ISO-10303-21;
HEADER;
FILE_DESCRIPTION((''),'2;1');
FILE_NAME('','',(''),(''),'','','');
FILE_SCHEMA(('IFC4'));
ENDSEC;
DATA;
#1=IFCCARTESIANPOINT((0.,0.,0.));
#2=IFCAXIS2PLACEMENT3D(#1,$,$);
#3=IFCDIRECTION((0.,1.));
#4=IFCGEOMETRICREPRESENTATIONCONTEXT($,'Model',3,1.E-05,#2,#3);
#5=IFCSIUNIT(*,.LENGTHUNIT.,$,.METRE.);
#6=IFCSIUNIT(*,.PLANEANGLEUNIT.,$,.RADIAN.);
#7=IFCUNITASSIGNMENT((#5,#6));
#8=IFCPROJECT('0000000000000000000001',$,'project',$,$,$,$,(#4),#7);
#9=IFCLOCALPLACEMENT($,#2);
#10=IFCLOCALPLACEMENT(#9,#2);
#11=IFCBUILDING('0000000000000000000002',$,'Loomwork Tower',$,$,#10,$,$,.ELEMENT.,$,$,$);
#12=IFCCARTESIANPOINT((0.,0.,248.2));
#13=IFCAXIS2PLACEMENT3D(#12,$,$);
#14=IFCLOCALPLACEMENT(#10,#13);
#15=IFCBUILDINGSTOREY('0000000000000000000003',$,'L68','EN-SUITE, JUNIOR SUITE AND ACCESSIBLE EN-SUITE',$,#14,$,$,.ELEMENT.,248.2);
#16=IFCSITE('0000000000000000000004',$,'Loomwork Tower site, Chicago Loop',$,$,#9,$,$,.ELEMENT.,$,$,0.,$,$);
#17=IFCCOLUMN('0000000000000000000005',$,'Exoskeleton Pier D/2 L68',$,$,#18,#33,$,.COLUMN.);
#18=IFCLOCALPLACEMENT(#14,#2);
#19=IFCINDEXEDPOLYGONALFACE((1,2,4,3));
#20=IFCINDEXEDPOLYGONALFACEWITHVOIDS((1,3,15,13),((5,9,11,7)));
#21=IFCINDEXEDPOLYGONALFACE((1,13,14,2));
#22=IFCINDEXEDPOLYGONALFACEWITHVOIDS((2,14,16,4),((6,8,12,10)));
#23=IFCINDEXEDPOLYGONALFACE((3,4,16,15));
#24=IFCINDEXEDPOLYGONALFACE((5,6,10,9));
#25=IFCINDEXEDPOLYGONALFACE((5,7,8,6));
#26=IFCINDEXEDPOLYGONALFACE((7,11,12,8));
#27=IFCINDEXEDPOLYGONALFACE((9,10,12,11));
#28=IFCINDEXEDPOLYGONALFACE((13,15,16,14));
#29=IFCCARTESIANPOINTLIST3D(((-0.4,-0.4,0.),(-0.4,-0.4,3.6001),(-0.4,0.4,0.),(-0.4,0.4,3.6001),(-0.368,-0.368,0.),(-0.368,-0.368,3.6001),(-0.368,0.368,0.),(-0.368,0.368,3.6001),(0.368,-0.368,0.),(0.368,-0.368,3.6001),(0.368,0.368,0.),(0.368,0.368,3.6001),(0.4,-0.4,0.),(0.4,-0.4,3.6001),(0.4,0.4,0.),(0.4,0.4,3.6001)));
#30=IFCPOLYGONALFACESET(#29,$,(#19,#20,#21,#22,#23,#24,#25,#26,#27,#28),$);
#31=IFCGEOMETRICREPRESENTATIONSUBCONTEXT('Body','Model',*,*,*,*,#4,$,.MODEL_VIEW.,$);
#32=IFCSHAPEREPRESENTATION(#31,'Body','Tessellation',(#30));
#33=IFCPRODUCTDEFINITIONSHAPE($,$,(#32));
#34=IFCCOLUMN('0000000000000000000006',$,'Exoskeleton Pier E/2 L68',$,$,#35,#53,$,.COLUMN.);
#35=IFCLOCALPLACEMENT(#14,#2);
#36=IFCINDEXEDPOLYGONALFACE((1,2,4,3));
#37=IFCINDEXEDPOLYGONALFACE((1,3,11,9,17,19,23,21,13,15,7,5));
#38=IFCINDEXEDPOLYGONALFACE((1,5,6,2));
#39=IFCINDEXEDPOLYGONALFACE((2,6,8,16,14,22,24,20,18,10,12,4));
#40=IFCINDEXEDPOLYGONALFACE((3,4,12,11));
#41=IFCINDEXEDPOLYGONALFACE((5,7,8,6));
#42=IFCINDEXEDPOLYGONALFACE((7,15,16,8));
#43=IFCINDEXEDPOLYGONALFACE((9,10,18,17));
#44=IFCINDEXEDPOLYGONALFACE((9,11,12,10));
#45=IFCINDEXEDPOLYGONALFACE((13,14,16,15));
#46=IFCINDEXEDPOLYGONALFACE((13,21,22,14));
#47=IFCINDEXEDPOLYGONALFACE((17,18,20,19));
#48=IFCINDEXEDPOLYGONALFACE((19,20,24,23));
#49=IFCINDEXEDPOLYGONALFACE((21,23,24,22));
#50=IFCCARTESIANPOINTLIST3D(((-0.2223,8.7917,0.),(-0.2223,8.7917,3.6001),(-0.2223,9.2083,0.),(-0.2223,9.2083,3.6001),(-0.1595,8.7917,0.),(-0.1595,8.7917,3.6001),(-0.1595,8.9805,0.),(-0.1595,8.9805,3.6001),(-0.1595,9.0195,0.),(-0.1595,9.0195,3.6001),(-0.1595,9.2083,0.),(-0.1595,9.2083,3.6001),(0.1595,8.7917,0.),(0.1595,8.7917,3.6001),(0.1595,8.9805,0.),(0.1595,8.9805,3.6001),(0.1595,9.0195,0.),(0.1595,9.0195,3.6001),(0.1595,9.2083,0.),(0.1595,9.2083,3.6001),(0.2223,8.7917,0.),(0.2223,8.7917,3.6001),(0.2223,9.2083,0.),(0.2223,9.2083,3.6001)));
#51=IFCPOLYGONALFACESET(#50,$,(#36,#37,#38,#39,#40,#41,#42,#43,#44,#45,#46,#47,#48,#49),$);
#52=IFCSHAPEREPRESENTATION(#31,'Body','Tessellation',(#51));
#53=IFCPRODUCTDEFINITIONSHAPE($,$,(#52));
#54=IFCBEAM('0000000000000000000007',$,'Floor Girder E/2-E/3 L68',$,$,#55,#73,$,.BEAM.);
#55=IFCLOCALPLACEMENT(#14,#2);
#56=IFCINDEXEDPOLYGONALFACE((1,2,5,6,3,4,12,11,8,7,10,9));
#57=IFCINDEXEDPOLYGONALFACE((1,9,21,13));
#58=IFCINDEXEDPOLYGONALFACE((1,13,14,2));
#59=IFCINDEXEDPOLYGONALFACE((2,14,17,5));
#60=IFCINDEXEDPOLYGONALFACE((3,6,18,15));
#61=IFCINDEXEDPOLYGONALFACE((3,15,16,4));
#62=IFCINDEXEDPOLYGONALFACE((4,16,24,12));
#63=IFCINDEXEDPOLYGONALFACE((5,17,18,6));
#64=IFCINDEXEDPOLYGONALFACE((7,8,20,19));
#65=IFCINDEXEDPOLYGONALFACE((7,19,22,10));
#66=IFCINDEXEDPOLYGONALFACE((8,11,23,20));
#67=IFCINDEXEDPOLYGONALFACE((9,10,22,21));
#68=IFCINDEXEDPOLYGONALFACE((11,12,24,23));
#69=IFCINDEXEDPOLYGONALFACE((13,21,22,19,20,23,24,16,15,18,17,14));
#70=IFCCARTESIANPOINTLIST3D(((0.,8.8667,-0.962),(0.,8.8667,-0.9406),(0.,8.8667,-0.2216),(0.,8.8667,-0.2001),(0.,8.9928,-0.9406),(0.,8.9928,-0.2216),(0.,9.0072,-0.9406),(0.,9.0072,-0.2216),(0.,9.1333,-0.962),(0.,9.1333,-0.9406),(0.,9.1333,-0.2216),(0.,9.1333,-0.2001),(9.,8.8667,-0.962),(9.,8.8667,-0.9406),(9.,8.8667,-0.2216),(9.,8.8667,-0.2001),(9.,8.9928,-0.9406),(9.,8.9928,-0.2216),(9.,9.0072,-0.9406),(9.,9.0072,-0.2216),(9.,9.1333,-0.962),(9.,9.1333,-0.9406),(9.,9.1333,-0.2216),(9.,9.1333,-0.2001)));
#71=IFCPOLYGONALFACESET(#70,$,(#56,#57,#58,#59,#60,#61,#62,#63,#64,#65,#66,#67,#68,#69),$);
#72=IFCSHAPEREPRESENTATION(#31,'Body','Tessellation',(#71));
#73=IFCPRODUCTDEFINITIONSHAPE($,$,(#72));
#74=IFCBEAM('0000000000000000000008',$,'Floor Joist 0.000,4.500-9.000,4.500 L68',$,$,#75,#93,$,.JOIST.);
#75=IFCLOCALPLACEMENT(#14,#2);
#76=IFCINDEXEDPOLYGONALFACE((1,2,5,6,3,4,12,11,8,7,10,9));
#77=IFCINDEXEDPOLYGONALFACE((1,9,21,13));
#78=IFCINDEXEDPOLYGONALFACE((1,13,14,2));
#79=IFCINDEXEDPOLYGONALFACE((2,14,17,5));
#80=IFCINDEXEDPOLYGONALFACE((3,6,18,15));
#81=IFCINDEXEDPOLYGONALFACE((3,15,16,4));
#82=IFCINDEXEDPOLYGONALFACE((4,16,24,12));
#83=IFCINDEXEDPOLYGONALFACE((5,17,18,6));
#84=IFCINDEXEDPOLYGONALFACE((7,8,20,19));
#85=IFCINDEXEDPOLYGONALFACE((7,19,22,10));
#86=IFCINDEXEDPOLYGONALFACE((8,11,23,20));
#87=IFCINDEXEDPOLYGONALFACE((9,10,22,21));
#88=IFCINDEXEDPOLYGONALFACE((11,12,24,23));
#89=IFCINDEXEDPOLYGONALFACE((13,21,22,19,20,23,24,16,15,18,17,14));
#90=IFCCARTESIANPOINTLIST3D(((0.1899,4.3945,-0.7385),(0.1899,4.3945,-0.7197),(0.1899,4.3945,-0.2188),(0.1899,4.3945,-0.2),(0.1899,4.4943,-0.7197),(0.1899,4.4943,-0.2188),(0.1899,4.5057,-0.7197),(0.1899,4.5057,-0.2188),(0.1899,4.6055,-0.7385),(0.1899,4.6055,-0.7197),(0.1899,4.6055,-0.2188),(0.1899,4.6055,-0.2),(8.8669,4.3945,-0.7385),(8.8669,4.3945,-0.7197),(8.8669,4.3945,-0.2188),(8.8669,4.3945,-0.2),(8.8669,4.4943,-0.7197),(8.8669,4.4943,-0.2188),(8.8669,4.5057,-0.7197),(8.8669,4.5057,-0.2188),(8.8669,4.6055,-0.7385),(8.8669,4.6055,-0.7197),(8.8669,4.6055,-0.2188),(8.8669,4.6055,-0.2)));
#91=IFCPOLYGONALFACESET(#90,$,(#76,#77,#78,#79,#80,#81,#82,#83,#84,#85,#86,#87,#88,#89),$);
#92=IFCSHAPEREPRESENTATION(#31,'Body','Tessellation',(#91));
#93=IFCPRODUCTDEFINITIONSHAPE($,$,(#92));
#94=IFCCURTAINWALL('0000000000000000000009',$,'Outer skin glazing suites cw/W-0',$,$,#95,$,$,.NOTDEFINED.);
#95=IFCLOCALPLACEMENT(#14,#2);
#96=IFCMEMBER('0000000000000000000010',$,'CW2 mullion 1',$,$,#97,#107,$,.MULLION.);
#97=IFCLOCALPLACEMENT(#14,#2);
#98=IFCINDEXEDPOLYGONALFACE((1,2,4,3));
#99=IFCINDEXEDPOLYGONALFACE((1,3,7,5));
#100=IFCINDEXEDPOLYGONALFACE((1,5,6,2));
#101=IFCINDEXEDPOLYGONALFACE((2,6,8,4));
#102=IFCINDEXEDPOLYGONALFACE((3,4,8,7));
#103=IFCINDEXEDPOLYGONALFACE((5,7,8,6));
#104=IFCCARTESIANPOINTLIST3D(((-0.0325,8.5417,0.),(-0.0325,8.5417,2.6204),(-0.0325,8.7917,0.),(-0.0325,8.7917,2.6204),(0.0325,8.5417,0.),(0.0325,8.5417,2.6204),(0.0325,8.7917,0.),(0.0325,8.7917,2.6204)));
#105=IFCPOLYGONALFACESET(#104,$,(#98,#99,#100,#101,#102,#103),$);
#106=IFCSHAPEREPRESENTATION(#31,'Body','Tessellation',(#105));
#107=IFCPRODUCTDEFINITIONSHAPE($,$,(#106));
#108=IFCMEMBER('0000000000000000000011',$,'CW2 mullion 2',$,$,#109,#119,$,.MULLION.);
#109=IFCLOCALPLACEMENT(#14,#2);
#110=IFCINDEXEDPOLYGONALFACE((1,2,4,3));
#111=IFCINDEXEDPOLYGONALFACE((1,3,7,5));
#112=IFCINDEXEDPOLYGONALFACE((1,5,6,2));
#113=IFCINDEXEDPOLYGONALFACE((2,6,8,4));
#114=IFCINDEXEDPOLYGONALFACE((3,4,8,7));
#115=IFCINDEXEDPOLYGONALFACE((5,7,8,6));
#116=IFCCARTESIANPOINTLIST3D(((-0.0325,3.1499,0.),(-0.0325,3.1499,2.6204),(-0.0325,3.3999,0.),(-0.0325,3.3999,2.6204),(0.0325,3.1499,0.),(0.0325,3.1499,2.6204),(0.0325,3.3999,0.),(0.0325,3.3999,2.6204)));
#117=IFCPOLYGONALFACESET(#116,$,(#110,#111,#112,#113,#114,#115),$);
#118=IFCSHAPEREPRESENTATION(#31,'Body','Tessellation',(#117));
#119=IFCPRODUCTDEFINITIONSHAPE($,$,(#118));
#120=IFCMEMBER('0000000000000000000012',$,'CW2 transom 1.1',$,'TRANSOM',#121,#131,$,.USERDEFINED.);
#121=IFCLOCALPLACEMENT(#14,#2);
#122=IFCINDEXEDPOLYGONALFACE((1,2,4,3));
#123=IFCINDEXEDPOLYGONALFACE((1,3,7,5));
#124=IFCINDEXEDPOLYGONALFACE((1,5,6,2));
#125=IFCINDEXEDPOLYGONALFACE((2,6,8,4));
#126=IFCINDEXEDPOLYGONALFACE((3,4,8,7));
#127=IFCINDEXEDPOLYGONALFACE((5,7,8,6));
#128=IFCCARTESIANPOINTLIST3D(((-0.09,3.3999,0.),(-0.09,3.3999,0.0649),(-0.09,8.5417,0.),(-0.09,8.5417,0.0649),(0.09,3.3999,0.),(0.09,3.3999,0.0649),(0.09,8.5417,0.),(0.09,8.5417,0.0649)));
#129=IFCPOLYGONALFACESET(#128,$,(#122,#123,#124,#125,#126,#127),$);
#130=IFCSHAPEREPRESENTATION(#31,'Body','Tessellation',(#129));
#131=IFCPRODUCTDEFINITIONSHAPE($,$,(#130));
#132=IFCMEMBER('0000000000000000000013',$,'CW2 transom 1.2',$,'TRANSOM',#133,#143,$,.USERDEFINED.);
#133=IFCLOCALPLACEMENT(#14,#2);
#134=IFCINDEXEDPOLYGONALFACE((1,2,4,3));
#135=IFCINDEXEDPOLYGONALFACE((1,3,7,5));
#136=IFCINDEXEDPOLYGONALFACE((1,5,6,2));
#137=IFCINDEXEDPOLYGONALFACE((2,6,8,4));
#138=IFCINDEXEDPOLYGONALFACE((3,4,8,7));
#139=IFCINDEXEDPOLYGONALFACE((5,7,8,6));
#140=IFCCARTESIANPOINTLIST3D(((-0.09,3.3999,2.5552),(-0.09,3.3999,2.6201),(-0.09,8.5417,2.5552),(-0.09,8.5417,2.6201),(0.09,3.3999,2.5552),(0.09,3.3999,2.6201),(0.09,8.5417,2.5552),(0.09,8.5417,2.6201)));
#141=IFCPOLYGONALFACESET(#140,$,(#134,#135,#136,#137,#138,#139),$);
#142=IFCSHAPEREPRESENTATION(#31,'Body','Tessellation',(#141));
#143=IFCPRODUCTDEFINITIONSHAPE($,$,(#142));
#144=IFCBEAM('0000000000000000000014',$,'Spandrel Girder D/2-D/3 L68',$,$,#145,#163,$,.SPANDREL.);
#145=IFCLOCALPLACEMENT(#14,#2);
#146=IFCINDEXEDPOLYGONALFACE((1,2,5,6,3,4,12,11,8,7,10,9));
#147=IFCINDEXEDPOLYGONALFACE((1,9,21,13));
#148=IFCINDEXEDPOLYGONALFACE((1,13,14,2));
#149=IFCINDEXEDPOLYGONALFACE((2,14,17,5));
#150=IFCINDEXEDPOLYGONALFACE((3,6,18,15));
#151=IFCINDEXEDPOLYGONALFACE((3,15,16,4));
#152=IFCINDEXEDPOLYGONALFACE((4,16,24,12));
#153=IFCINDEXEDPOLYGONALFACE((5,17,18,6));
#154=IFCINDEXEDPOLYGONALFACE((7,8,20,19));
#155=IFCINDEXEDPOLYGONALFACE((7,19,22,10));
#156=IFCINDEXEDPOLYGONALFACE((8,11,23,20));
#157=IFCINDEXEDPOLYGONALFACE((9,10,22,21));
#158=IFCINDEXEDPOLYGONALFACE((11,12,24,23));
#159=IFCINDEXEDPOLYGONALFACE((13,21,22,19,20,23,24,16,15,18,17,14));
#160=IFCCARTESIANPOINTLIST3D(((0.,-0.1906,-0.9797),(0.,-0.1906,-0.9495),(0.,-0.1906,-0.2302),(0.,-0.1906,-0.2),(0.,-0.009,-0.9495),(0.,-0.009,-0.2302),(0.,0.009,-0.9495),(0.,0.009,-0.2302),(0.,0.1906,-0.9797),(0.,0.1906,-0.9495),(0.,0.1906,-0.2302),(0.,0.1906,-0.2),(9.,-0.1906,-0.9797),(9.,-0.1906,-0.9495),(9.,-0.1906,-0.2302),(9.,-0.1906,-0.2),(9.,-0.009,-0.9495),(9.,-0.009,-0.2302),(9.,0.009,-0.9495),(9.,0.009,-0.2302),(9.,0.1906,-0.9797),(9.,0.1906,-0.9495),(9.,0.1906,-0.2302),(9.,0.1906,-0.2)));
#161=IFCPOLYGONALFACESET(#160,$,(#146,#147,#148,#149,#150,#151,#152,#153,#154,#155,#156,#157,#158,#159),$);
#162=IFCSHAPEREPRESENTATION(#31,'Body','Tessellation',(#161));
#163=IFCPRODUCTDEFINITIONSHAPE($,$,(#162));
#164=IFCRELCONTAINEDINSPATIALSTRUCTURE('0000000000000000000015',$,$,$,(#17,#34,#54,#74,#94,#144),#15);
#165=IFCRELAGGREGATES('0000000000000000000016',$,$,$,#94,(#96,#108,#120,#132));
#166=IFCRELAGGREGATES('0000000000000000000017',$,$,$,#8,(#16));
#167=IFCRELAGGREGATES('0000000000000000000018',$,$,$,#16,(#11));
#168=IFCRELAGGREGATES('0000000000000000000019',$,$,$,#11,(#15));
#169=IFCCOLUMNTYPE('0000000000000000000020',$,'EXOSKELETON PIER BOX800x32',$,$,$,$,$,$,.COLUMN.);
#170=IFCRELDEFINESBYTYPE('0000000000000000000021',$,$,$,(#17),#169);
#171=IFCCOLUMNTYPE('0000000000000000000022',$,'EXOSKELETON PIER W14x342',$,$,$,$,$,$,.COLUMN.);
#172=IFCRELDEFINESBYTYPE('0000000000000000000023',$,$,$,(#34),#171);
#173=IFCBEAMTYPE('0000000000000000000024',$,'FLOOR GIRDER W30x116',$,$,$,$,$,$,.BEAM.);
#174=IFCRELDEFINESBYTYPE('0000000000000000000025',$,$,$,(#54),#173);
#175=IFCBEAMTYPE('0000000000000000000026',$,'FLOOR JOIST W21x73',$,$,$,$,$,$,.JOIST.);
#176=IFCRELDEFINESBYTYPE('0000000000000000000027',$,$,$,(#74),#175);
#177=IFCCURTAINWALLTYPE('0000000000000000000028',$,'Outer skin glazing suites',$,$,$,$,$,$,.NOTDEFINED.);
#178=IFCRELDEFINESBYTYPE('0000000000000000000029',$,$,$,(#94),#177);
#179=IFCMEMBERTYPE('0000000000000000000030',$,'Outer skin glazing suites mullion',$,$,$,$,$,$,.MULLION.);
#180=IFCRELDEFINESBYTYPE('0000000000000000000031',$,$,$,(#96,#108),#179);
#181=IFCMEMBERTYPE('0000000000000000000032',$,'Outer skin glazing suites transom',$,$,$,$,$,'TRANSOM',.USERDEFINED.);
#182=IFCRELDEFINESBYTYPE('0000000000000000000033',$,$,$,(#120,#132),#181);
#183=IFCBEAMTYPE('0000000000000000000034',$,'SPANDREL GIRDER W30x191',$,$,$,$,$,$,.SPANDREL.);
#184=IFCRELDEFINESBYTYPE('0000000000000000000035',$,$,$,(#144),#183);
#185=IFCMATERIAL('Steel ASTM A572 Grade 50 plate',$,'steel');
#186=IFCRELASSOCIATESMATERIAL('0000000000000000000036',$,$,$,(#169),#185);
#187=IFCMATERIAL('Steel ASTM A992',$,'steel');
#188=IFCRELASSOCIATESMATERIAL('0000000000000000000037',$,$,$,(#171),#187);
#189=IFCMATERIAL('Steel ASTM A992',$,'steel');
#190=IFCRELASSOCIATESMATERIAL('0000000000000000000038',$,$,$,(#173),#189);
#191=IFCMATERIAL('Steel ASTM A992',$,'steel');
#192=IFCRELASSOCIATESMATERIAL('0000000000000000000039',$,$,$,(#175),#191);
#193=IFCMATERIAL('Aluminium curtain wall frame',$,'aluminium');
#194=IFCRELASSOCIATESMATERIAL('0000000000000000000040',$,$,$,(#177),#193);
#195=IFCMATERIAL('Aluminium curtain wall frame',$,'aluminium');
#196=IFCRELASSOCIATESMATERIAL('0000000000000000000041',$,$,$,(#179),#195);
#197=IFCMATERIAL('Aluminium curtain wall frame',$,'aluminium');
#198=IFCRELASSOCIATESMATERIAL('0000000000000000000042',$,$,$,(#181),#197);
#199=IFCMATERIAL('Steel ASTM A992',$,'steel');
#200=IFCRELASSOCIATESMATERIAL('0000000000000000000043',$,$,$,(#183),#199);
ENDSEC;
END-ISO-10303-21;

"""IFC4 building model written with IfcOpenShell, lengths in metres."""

from ifc_helpers import new_model, si_unit, direction, frame, origin, origin_with_axes, origin_2d, place, context, subcontext, project, spatial, rectangle, hollow_rectangle, i_section, extrude, material, material_profile, profile_set, type_object, element, aggregate, save


model = new_model("IFC4")

# Units and contexts
model_context = context("Model", 3, precision=1e-05, world=origin(), true_north=direction((0.0, 1.0)))
body_context = subcontext(model_context, "Body", "Model", "MODEL_VIEW")
ifc_project = project(units=[si_unit("LENGTHUNIT", "METRE"), si_unit("PLANEANGLEUNIT", "RADIAN")], contexts=[model_context])

# Site, building, storey
site_placement = place(None, origin())
site = spatial("IfcSite", under=ifc_project, at=site_placement, Name="Loomwork Tower site, Chicago Loop", CompositionType="ELEMENT", RefElevation=0.0)
building_placement = place(site_placement, origin())
building = spatial("IfcBuilding", under=site, at=building_placement, Name="Loomwork Tower", CompositionType="ELEMENT")
storey_placement = place(building_placement, frame((0.0, 0.0, 248.2)))
storey = spatial("IfcBuildingStorey", under=building, at=storey_placement, Name="L68", Description="EN-SUITE, JUNIOR SUITE AND ACCESSIBLE EN-SUITE", CompositionType="ELEMENT", Elevation=248.2)

# Columns
ifc_material_1 = material(Name="Steel ASTM A572 Grade 50 plate", Category="steel")
ifc_material_profile_1 = material_profile(ifc_material_1, hollow_rectangle(XDim=0.8, YDim=0.8, WallThickness=0.032, at=origin_2d()), Name="BOX800x32")
ifc_profile_set_1 = profile_set([ifc_material_profile_1], Name="Steel ASTM A572 Grade 50 plate")
column_type_1 = type_object("IfcColumnType", Name="EXOSKELETON PIER BOX800x32", PredefinedType="COLUMN", material=ifc_profile_set_1)
column_1_placement = place(storey_placement, origin_with_axes())
element("IfcColumn", 1, at=column_1_placement, inside=storey, type_object=column_type_1, Name="Exoskeleton Pier D/2 L68", PredefinedType="COLUMN", context=body_context, shape_type="SweptSolid", body=[
    extrude(hollow_rectangle(XDim=0.8, YDim=0.8, WallThickness=0.032, at=origin_2d()), origin(), (0.0, 0.0, 1.0), 3.6001),
])
ifc_material_2 = material(Name="Steel ASTM A992", Category="steel")
ifc_material_profile_2 = material_profile(ifc_material_2, i_section(OverallWidth=0.4165, OverallDepth=0.4446, WebThickness=0.0391, FlangeThickness=0.0627, at=origin_2d()), Name="W14x342")
ifc_profile_set_2 = profile_set([ifc_material_profile_2], Name="Steel ASTM A992")
column_type_2 = type_object("IfcColumnType", Name="EXOSKELETON PIER W14x342", PredefinedType="COLUMN", material=ifc_profile_set_2)
column_2_placement = place(storey_placement, frame((0.0, 9.0, 0.0), z_axis=(0.0, 0.0, 1.0), x_axis=(0.0, 1.0, 0.0)))
element("IfcColumn", 2, at=column_2_placement, inside=storey, type_object=column_type_2, Name="Exoskeleton Pier E/2 L68", PredefinedType="COLUMN", context=body_context, shape_type="SweptSolid", body=[
    extrude(i_section(OverallWidth=0.4165, OverallDepth=0.4446, WebThickness=0.0391, FlangeThickness=0.0627, at=origin_2d()), origin(), (0.0, 0.0, 1.0), 3.6001),
])

# Beams
ifc_material_3 = material(Name="Steel ASTM A992", Category="steel")
ifc_material_profile_3 = material_profile(ifc_material_3, i_section(OverallWidth=0.2666, OverallDepth=0.762, WebThickness=0.0144, FlangeThickness=0.0215, at=origin_2d()), Name="W30x116")
ifc_profile_set_3 = profile_set([ifc_material_profile_3], Name="Steel ASTM A992")
beam_type_1 = type_object("IfcBeamType", Name="FLOOR GIRDER W30x116", PredefinedType="BEAM", material=ifc_profile_set_3)
beam_1_placement = place(storey_placement, frame((0.0, 9.0, -0.5811), z_axis=(1.0, 0.0, 0.0), x_axis=(0.0, 1.0, 0.0)))
element("IfcBeam", 3, at=beam_1_placement, inside=storey, type_object=beam_type_1, Name="Floor Girder E/2-E/3 L68", PredefinedType="BEAM", context=body_context, shape_type="SweptSolid", body=[
    extrude(i_section(OverallWidth=0.2666, OverallDepth=0.762, WebThickness=0.0144, FlangeThickness=0.0215, at=origin_2d()), origin(), (0.0, 0.0, 1.0), 9.0),
])
ifc_material_4 = material(Name="Steel ASTM A992", Category="steel")
ifc_material_profile_4 = material_profile(ifc_material_4, i_section(OverallWidth=0.2109, OverallDepth=0.5386, WebThickness=0.0115, FlangeThickness=0.0188, at=origin_2d()), Name="W21x73")
ifc_profile_set_4 = profile_set([ifc_material_profile_4], Name="Steel ASTM A992")
beam_type_2 = type_object("IfcBeamType", Name="FLOOR JOIST W21x73", PredefinedType="JOIST", material=ifc_profile_set_4)
beam_2_placement = place(storey_placement, frame((0.1899, 4.5, -0.4692), z_axis=(1.0, 0.0, 0.0), x_axis=(0.0, 1.0, 0.0)))
element("IfcBeam", 4, at=beam_2_placement, inside=storey, type_object=beam_type_2, Name="Floor Joist 0.000,4.500-9.000,4.500 L68", PredefinedType="JOIST", context=body_context, shape_type="SweptSolid", body=[
    extrude(i_section(OverallWidth=0.2109, OverallDepth=0.5386, WebThickness=0.0115, FlangeThickness=0.0188, at=origin_2d()), origin(), (0.0, 0.0, 1.0), 8.677),
])

# Curtain wall, members
ifc_material_5 = material(Name="Aluminium curtain wall frame", Category="aluminium")
curtain_wall_type = type_object("IfcCurtainWallType", Name="Outer skin glazing suites", PredefinedType="NOTDEFINED", material=ifc_material_5)
curtain_wall_placement = place(storey_placement, origin())
curtain_wall = element("IfcCurtainWall", 5, at=curtain_wall_placement, inside=storey, type_object=curtain_wall_type, Name="Outer skin glazing suites cw/W-0", PredefinedType="NOTDEFINED")
ifc_material_6 = material(Name="Aluminium curtain wall frame", Category="aluminium")
ifc_material_profile_5 = material_profile(ifc_material_6, rectangle(XDim=0.0649, YDim=0.25, at=origin_2d()), Name="AL 65x250")
ifc_profile_set_5 = profile_set([ifc_material_profile_5], Name="Aluminium curtain wall frame")
member_type_1 = type_object("IfcMemberType", Name="Outer skin glazing suites mullion", PredefinedType="MULLION", material=ifc_profile_set_5)
member_1_placement = place(storey_placement, frame((0.0, 8.6667, 0.0), z_axis=(0.0, 0.0, 1.0), x_axis=(1.0, 0.0, 0.0)))
member_1 = element("IfcMember", 6, at=member_1_placement, type_object=member_type_1, Name="CW2 mullion 1", PredefinedType="MULLION", context=body_context, shape_type="SweptSolid", body=[
    extrude(rectangle(XDim=0.0649, YDim=0.25, at=origin_2d()), origin(), (0.0, 0.0, 1.0), 2.6204),
])
member_2_placement = place(storey_placement, frame((0.0, 3.2749, 0.0), z_axis=(0.0, 0.0, 1.0), x_axis=(1.0, 0.0, 0.0)))
member_2 = element("IfcMember", 7, at=member_2_placement, type_object=member_type_1, Name="CW2 mullion 2", PredefinedType="MULLION", context=body_context, shape_type="SweptSolid", body=[
    extrude(rectangle(XDim=0.0649, YDim=0.25, at=origin_2d()), origin(), (0.0, 0.0, 1.0), 2.6204),
])
ifc_material_7 = material(Name="Aluminium curtain wall frame", Category="aluminium")
ifc_material_profile_6 = material_profile(ifc_material_7, rectangle(XDim=0.1799, YDim=0.0649, at=origin_2d()), Name="AL 65x180")
ifc_profile_set_6 = profile_set([ifc_material_profile_6], Name="Aluminium curtain wall frame")
member_type_2 = type_object("IfcMemberType", Name="Outer skin glazing suites transom", ElementType="TRANSOM", PredefinedType="USERDEFINED", material=ifc_profile_set_6)
member_3_placement = place(storey_placement, frame((0.0, 8.5417, 0.0325), z_axis=(0.0, -1.0, 0.0), x_axis=(1.0, 0.0, 0.0)))
member_3 = element("IfcMember", 8, at=member_3_placement, type_object=member_type_2, Name="CW2 transom 1.1", ObjectType="TRANSOM", PredefinedType="USERDEFINED", context=body_context, shape_type="SweptSolid", body=[
    extrude(rectangle(XDim=0.1799, YDim=0.0649, at=origin_2d()), origin(), (0.0, 0.0, 1.0), 5.1418),
])
member_4_placement = place(storey_placement, frame((0.0, 8.5417, 2.5876), z_axis=(0.0, -1.0, 0.0), x_axis=(1.0, 0.0, 0.0)))
member_4 = element("IfcMember", 9, at=member_4_placement, type_object=member_type_2, Name="CW2 transom 1.2", ObjectType="TRANSOM", PredefinedType="USERDEFINED", context=body_context, shape_type="SweptSolid", body=[
    extrude(rectangle(XDim=0.1799, YDim=0.0649, at=origin_2d()), origin(), (0.0, 0.0, 1.0), 5.1418),
])

# Beam
ifc_material_8 = material(Name="Steel ASTM A992", Category="steel")
ifc_material_profile_7 = material_profile(ifc_material_8, i_section(OverallWidth=0.3811, OverallDepth=0.7798, WebThickness=0.0181, FlangeThickness=0.0303, at=origin_2d()), Name="W30x191")
ifc_profile_set_7 = profile_set([ifc_material_profile_7], Name="Steel ASTM A992")
beam_type_3 = type_object("IfcBeamType", Name="SPANDREL GIRDER W30x191", PredefinedType="SPANDREL", material=ifc_profile_set_7)
for number, where, z_axis, x_axis, name in (
    (10, (0.0, 0.0, -0.5898), (1.0, 0.0, 0.0), (0.0, 1.0, 0.0), "Spandrel Girder D/2-D/3 L68"),
):
    element("IfcBeam", number, at=place(storey_placement, frame(where, z_axis=z_axis, x_axis=x_axis)), inside=storey, type_object=beam_type_3, Name=name, PredefinedType="SPANDREL", context=body_context, shape_type="SweptSolid", body=[
        extrude(i_section(OverallWidth=0.3811, OverallDepth=0.7798, WebThickness=0.0181, FlangeThickness=0.0303, at=origin_2d()), origin(), (0.0, 0.0, 1.0), 9.0),
    ])

aggregate(curtain_wall, [member_1, member_2, member_3, member_4])

save(model, "model.ifc")
